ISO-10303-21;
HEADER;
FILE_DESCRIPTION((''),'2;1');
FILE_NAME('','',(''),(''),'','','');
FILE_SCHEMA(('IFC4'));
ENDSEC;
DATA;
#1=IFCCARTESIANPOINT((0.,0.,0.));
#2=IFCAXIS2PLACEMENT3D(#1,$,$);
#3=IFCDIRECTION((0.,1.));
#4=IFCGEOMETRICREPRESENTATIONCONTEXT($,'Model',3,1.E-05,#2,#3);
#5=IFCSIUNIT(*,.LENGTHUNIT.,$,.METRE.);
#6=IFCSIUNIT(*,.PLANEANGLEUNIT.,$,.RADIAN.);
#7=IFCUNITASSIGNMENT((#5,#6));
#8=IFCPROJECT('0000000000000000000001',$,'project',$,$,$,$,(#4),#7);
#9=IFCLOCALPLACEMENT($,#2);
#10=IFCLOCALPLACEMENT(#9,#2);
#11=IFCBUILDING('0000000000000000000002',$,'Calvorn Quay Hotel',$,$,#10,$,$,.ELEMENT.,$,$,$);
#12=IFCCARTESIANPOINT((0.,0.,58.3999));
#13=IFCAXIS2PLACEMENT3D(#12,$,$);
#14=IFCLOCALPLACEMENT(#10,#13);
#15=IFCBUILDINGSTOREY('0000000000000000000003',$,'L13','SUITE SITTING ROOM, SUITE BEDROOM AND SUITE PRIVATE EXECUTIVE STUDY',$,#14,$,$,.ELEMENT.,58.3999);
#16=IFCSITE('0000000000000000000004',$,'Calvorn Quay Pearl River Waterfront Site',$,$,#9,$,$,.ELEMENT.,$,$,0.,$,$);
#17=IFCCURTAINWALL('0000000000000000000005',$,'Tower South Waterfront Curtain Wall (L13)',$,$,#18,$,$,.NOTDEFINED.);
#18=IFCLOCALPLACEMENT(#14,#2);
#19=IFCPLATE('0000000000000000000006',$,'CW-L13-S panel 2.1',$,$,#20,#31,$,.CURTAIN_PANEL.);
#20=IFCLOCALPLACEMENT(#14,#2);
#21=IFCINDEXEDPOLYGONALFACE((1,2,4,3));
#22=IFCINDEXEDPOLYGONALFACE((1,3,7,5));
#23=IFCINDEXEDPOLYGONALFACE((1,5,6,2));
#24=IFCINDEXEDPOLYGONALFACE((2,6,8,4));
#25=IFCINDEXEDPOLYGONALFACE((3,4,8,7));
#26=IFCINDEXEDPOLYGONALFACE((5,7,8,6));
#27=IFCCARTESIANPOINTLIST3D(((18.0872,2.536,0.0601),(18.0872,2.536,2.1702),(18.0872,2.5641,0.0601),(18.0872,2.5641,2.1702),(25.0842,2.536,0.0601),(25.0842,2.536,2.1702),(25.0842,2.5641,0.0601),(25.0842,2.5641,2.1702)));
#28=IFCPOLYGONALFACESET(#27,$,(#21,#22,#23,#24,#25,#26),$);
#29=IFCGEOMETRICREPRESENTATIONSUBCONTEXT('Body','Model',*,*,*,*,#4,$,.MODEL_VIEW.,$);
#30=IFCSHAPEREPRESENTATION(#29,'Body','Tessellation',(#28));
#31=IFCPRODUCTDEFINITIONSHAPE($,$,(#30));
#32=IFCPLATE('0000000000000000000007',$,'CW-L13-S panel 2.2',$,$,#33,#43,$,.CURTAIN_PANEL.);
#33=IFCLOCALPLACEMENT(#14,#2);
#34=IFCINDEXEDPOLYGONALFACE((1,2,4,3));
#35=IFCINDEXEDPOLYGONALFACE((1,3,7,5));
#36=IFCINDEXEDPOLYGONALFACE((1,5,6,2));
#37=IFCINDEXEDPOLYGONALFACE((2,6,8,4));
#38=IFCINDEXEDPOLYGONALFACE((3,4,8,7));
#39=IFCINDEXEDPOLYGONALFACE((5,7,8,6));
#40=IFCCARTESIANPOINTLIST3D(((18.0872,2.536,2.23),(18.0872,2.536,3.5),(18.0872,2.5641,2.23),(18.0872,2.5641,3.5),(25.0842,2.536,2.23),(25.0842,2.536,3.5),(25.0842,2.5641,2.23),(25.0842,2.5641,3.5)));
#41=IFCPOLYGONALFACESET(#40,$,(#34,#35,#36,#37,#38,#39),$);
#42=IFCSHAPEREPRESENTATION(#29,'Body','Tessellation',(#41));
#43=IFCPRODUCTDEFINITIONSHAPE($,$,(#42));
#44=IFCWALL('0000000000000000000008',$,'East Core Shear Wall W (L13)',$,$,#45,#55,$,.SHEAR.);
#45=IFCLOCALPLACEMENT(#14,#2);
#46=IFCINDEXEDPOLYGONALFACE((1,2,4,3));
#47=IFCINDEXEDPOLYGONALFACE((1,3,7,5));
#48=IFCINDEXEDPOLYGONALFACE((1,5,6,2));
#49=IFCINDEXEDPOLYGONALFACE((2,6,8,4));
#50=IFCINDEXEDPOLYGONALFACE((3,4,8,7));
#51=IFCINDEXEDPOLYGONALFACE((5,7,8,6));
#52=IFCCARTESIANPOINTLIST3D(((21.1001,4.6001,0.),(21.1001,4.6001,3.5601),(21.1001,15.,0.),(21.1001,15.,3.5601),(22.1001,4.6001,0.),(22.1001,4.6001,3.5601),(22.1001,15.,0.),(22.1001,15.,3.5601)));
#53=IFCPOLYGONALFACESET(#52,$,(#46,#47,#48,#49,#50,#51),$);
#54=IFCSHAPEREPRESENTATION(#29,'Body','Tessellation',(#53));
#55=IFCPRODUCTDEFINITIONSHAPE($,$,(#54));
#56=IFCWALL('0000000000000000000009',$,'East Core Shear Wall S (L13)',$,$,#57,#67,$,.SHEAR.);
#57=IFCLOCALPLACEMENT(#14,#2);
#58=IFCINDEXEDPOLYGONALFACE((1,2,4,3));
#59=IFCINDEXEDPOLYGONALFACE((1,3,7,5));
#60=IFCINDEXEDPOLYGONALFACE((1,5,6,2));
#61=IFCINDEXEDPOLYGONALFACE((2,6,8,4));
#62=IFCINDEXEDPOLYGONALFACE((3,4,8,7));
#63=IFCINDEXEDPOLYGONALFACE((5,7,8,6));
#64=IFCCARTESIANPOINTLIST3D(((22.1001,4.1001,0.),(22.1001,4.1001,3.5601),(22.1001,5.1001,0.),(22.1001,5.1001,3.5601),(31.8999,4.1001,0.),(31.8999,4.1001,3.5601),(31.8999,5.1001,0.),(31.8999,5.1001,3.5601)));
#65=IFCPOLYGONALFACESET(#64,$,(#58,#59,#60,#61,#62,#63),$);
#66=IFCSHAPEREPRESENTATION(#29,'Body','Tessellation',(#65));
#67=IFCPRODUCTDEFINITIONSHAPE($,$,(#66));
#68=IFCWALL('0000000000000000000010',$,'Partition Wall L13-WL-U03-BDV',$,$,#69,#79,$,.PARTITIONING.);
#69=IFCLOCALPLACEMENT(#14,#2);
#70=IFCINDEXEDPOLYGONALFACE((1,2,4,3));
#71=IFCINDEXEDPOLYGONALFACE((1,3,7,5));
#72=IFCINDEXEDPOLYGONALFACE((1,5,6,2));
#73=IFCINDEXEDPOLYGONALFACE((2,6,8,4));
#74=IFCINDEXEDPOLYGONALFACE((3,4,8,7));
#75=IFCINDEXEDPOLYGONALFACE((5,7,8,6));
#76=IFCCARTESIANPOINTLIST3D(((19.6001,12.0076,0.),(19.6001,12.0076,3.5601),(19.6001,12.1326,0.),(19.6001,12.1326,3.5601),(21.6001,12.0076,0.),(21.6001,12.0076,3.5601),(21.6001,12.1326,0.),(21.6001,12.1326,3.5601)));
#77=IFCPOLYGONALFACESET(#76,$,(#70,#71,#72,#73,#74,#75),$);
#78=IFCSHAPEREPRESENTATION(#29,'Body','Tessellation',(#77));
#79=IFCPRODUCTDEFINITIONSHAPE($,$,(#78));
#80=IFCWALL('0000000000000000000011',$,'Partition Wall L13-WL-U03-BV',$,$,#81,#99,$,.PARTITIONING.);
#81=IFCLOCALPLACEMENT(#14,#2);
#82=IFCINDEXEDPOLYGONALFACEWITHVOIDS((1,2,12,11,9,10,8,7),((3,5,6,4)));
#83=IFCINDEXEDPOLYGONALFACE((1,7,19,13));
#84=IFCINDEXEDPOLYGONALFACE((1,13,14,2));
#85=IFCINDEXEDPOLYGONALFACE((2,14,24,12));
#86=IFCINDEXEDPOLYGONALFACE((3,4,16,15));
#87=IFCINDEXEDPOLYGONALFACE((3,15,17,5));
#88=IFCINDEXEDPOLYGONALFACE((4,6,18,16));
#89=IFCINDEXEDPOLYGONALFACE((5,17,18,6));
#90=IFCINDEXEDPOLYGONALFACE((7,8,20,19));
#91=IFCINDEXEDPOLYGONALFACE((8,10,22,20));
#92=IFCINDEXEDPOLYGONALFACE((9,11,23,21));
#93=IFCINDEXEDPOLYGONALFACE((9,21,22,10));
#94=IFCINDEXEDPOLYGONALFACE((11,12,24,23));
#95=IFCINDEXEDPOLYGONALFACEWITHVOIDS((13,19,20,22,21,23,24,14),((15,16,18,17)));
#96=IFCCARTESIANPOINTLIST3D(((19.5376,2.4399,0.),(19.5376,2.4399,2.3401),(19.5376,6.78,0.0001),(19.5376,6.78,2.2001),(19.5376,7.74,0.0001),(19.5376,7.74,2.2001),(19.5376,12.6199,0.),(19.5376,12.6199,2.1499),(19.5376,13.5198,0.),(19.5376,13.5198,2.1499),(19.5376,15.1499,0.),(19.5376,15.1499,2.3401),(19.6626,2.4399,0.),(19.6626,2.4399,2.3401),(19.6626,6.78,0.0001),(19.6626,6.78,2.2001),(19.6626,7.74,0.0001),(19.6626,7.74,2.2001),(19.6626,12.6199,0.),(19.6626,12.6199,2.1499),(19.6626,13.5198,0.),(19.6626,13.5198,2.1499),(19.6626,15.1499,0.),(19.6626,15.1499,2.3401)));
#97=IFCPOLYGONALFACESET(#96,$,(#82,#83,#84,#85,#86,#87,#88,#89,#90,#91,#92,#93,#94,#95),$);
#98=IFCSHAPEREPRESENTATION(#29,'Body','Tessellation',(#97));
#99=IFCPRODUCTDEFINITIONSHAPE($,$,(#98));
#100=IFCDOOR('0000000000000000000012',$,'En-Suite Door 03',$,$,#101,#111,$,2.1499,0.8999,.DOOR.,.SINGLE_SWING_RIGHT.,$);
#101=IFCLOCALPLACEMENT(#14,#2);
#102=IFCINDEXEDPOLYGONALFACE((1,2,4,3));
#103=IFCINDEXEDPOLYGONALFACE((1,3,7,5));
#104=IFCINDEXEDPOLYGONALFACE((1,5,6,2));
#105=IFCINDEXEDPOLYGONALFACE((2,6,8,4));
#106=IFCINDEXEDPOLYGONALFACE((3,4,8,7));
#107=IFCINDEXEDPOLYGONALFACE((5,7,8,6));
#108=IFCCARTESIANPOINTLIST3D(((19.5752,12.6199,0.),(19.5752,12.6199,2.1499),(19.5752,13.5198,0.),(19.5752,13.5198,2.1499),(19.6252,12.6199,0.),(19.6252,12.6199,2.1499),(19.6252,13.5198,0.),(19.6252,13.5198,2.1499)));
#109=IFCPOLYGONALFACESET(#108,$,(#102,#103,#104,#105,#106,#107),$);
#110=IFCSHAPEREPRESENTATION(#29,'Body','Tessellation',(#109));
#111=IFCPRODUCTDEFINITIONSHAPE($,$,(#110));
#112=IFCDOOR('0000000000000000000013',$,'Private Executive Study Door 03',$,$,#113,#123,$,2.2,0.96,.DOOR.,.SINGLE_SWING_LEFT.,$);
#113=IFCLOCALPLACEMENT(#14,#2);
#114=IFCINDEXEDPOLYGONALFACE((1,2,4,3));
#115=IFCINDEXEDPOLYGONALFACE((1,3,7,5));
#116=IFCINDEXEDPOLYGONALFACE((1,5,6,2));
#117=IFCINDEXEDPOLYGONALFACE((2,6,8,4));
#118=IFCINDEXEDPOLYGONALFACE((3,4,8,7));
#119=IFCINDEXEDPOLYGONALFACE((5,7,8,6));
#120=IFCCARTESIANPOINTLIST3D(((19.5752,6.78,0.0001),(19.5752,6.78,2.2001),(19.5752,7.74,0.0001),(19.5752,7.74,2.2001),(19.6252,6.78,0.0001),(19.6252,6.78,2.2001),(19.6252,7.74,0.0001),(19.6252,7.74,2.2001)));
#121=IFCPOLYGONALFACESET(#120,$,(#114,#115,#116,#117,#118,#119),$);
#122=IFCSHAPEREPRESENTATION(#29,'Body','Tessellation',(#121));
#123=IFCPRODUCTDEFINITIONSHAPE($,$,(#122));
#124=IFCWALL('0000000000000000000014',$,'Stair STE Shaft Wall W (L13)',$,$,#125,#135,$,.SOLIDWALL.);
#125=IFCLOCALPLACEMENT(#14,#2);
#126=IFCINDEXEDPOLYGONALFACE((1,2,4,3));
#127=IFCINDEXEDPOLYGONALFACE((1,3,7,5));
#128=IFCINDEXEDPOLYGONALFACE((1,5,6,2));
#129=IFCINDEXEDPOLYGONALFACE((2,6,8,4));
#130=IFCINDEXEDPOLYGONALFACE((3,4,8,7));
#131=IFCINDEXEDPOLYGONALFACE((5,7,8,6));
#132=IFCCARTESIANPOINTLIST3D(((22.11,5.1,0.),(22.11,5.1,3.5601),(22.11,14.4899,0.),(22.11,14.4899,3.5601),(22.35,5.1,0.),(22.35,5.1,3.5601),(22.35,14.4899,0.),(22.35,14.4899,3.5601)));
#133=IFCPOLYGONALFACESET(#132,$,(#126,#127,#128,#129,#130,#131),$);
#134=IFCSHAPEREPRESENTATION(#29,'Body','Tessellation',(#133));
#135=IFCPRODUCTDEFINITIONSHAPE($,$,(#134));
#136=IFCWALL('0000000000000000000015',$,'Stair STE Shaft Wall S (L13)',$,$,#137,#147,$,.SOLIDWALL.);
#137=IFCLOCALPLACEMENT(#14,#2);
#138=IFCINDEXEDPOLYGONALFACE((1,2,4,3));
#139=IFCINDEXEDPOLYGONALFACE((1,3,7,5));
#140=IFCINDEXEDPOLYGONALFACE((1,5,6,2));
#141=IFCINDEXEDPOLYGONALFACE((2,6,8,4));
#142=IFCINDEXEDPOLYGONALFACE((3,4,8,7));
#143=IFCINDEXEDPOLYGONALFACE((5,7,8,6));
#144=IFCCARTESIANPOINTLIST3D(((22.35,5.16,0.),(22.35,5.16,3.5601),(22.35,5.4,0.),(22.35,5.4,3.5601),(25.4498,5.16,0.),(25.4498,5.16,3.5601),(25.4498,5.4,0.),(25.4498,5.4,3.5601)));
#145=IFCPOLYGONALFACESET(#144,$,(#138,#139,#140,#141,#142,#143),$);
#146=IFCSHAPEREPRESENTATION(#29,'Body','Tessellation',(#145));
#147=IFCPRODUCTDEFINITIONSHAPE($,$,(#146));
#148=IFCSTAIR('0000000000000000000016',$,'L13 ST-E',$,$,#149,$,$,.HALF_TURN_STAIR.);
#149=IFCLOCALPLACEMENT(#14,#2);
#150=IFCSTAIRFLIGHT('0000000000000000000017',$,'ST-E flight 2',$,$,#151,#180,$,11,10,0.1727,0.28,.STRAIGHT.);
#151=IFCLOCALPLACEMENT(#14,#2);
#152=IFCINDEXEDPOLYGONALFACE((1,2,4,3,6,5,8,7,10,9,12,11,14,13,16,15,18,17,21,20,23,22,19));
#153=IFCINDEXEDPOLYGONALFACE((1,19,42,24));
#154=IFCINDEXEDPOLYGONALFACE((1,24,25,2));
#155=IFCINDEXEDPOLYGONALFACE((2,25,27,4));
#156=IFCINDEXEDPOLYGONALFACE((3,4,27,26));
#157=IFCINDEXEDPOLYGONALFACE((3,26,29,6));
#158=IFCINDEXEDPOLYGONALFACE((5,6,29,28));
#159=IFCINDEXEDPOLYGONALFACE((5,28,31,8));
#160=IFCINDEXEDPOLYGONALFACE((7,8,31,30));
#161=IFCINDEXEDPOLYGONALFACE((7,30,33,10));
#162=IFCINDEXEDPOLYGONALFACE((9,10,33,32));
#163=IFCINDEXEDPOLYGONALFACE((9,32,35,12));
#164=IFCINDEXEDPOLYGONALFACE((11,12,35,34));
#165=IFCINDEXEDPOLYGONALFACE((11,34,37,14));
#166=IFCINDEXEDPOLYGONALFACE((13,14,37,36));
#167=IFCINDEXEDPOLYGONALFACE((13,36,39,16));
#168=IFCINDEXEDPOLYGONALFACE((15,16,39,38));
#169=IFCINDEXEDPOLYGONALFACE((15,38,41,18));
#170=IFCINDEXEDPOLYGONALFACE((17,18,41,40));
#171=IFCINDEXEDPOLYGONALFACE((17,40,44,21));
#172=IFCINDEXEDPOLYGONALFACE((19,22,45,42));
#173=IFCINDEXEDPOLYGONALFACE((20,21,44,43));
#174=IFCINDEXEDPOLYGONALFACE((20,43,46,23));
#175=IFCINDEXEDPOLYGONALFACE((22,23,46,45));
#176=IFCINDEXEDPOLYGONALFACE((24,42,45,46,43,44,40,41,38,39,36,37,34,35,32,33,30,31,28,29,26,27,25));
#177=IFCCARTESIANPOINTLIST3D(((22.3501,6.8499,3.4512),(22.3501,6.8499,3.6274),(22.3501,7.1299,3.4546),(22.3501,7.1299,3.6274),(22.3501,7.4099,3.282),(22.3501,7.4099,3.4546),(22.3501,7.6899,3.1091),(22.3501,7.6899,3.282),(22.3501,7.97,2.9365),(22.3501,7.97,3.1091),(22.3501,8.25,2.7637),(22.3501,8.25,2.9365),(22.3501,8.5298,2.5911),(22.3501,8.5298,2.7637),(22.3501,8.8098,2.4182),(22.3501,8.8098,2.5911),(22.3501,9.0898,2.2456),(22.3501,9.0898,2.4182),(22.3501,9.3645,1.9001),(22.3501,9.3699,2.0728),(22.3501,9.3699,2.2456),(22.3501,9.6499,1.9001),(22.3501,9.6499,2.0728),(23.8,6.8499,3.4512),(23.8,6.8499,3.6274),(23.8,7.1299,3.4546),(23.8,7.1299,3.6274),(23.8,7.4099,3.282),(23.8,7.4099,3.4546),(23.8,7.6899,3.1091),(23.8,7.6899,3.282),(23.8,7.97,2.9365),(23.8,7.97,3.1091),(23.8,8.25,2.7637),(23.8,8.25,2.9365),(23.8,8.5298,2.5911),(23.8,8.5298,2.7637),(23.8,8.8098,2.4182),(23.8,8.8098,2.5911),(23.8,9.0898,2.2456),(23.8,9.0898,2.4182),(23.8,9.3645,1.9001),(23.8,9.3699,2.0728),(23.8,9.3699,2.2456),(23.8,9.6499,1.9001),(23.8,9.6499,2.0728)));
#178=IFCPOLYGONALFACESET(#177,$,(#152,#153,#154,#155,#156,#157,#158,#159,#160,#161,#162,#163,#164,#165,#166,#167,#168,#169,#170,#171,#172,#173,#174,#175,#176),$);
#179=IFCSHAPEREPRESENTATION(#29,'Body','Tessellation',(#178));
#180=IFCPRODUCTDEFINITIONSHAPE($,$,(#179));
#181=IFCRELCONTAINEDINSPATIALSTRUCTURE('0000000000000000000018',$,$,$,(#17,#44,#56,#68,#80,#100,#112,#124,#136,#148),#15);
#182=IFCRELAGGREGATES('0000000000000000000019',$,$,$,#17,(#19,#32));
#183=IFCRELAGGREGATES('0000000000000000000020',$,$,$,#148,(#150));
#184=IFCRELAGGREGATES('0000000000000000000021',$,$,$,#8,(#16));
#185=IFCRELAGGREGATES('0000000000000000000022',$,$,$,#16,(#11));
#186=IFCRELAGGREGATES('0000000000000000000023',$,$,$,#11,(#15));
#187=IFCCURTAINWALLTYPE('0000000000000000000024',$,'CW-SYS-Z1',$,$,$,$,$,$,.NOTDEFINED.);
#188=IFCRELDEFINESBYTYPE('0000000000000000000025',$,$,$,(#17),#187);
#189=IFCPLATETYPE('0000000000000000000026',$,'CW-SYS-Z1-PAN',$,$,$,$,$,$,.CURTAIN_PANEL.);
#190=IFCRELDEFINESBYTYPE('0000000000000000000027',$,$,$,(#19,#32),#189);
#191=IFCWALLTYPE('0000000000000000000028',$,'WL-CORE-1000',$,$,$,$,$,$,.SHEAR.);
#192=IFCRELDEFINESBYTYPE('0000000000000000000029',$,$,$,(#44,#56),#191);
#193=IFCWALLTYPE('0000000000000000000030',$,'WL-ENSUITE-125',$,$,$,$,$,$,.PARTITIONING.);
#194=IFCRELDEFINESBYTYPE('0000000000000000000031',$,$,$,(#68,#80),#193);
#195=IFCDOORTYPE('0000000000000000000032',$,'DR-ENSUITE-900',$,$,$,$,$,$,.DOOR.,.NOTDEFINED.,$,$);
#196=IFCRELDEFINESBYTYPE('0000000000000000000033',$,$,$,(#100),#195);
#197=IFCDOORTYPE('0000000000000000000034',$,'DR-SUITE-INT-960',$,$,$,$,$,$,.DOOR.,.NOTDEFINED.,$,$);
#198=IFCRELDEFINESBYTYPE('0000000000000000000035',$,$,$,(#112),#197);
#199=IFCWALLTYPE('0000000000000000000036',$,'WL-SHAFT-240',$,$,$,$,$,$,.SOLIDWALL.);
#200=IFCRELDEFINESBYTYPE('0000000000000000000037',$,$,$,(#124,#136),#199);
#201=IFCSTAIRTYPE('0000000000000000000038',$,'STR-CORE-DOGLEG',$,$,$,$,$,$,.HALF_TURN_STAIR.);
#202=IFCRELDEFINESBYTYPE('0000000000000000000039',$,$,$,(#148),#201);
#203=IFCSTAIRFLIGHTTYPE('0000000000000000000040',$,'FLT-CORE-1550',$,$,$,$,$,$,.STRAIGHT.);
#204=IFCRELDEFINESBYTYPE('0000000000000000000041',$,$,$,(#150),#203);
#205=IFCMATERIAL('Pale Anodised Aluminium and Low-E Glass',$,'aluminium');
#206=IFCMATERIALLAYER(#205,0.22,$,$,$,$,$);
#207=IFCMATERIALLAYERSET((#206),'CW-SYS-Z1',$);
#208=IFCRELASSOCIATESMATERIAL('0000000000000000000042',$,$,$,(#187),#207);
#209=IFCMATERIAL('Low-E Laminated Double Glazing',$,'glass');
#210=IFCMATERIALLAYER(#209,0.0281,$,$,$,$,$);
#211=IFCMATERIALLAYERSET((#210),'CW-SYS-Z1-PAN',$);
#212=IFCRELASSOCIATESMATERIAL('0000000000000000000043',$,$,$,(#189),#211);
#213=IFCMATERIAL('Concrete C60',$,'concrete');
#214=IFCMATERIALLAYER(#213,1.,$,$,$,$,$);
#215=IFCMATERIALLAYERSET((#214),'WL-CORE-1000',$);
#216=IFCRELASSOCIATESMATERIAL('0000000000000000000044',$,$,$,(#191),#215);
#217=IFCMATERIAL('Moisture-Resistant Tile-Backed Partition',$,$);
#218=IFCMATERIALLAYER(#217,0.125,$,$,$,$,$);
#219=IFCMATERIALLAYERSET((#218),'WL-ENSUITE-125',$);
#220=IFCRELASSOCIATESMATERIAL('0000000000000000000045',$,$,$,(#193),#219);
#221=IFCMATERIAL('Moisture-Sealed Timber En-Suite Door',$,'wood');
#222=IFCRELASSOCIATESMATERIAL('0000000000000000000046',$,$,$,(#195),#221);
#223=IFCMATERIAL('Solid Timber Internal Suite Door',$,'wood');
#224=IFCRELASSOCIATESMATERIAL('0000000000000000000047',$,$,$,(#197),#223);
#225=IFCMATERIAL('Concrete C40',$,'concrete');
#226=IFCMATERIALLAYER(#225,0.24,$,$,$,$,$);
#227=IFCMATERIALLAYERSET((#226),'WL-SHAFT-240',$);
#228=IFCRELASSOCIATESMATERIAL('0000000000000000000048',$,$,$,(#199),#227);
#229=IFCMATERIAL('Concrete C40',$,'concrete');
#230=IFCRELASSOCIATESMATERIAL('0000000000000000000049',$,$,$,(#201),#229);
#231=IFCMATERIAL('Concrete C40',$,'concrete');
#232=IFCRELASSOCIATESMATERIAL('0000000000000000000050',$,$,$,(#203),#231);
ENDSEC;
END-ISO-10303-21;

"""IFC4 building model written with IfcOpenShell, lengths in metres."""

from ifc_helpers import new_model, si_unit, direction, frame, frame_2d, origin, origin_2d, place, context, subcontext, project, spatial, polyline, rectangle, outline, extrude, material, layer, layer_set, type_object, element, fill, aggregate, save


model = new_model("IFC4")

# Units and contexts
model_context = context("Model", 3, precision=1e-05, world=origin(), true_north=direction((0.0, 1.0)))
body_context = subcontext(model_context, "Body", "Model", "MODEL_VIEW")
ifc_project = project(units=[si_unit("LENGTHUNIT", "METRE"), si_unit("PLANEANGLEUNIT", "RADIAN")], contexts=[model_context])

# Site, building, storey
site_placement = place(None, origin())
site = spatial("IfcSite", under=ifc_project, at=site_placement, Name="Calvorn Quay Pearl River Waterfront Site", CompositionType="ELEMENT", RefElevation=0.0)
building_placement = place(site_placement, origin())
building = spatial("IfcBuilding", under=site, at=building_placement, Name="Calvorn Quay Hotel", CompositionType="ELEMENT")
storey_placement = place(building_placement, frame((0.0, 0.0, 58.3999)))
storey = spatial("IfcBuildingStorey", under=building, at=storey_placement, Name="L13", Description="SUITE SITTING ROOM, SUITE BEDROOM AND SUITE PRIVATE EXECUTIVE STUDY", CompositionType="ELEMENT", Elevation=58.3999)

# Curtain wall, plates
ifc_material_1 = material(Name="Pale Anodised Aluminium and Low-E Glass", Category="aluminium")
ifc_layer_1 = layer(ifc_material_1, 0.22)
ifc_layer_set_1 = layer_set([ifc_layer_1], Name="CW-SYS-Z1")
curtain_wall_type = type_object("IfcCurtainWallType", Name="CW-SYS-Z1", PredefinedType="NOTDEFINED", material=ifc_layer_set_1)
curtain_wall_placement = place(storey_placement, origin())
curtain_wall = element("IfcCurtainWall", 1, at=curtain_wall_placement, inside=storey, type_object=curtain_wall_type, Name="Tower South Waterfront Curtain Wall (L13)", PredefinedType="NOTDEFINED")
ifc_material_2 = material(Name="Low-E Laminated Double Glazing", Category="glass")
ifc_layer_2 = layer(ifc_material_2, 0.0281)
ifc_layer_set_2 = layer_set([ifc_layer_2], Name="CW-SYS-Z1-PAN")
plate_type = type_object("IfcPlateType", Name="CW-SYS-Z1-PAN", PredefinedType="CURTAIN_PANEL", material=ifc_layer_set_2)
plate_1_placement = place(storey_placement, frame((21.5857, 2.55, 0.0601), z_axis=(0.0, 0.0, 1.0), x_axis=(1.0, 0.0, 0.0)))
plate_1 = element("IfcPlate", 2, at=plate_1_placement, type_object=plate_type, Name="CW-L13-S panel 2.1", PredefinedType="CURTAIN_PANEL", context=body_context, shape_type="SweptSolid", body=[
    extrude(rectangle(XDim=6.9971, YDim=0.0281, at=origin_2d()), origin(), (0.0, 0.0, 1.0), 2.1101),
])
plate_2_placement = place(storey_placement, frame((21.5857, 2.55, 2.23), z_axis=(0.0, 0.0, 1.0), x_axis=(1.0, 0.0, 0.0)))
plate_2 = element("IfcPlate", 3, at=plate_2_placement, type_object=plate_type, Name="CW-L13-S panel 2.2", PredefinedType="CURTAIN_PANEL", context=body_context, shape_type="SweptSolid", body=[
    extrude(rectangle(XDim=6.9971, YDim=0.0281, at=origin_2d()), origin(), (0.0, 0.0, 1.0), 1.27),
])
aggregate(curtain_wall, [plate_1, plate_2])

# Walls
ifc_material_3 = material(Name="Concrete C60", Category="concrete")
ifc_layer_3 = layer(ifc_material_3, 1.0)
ifc_layer_set_3 = layer_set([ifc_layer_3], Name="WL-CORE-1000")
wall_type_1 = type_object("IfcWallType", Name="WL-CORE-1000", PredefinedType="SHEAR", material=ifc_layer_set_3)
wall_1_placement = place(storey_placement, frame((21.6001, 4.6001, 0.0), z_axis=(0.0, 0.0, 1.0), x_axis=(0.0, 1.0, 0.0)))
element("IfcWall", 4, at=wall_1_placement, inside=storey, type_object=wall_type_1, Name="East Core Shear Wall W (L13)", PredefinedType="SHEAR", context=body_context, shape_type="SweptSolid", body=[
    extrude(rectangle(XDim=10.3999, YDim=1.0, at=frame_2d((5.2, 0.0))), origin(), (0.0, 0.0, 1.0), 3.5601),
])
wall_2_placement = place(storey_placement, frame((22.1001, 4.6001, 0.0), z_axis=(0.0, 0.0, 1.0), x_axis=(1.0, 0.0, 0.0)))
element("IfcWall", 5, at=wall_2_placement, inside=storey, type_object=wall_type_1, Name="East Core Shear Wall S (L13)", PredefinedType="SHEAR", context=body_context, shape_type="SweptSolid", body=[
    extrude(rectangle(XDim=9.7998, YDim=1.0, at=frame_2d((4.8999, 0.0))), origin(), (0.0, 0.0, 1.0), 3.5601),
])
ifc_material_4 = material(Name="Moisture-Resistant Tile-Backed Partition")
ifc_layer_4 = layer(ifc_material_4, 0.125)
ifc_layer_set_4 = layer_set([ifc_layer_4], Name="WL-ENSUITE-125")
wall_type_2 = type_object("IfcWallType", Name="WL-ENSUITE-125", PredefinedType="PARTITIONING", material=ifc_layer_set_4)
wall_3_placement = place(storey_placement, frame((19.6001, 12.0701, 0.0), z_axis=(0.0, 0.0, 1.0), x_axis=(1.0, 0.0, 0.0)))
element("IfcWall", 6, at=wall_3_placement, inside=storey, type_object=wall_type_2, Name="Partition Wall L13-WL-U03-BDV", PredefinedType="PARTITIONING", context=body_context, shape_type="SweptSolid", body=[
    extrude(rectangle(XDim=2.0, YDim=0.125, at=frame_2d((1.0, 0.0))), origin(), (0.0, 0.0, 1.0), 3.5601),
])

# Wall, openings, doors
wall_4_placement = place(storey_placement, frame((19.6001, 2.4399, 0.0), z_axis=(0.0, 0.0, 1.0), x_axis=(0.0, 1.0, 0.0)))
wall_4 = element("IfcWall", 7, at=wall_4_placement, inside=storey, type_object=wall_type_2, Name="Partition Wall L13-WL-U03-BV", PredefinedType="PARTITIONING", context=body_context, shape_type="SweptSolid", body=[
    extrude(rectangle(XDim=12.71, YDim=0.125, at=frame_2d((6.355, 0.0))), origin(), (0.0, 0.0, 1.0), 2.3401),
])
opening_1_placement = place(wall_4_placement, frame((4.3401, 0.0, 0.0)))
opening_1 = element("IfcOpeningElement", 8, at=opening_1_placement, cuts=wall_4, PredefinedType="OPENING", context=body_context, shape_type="SweptSolid", body=[
    extrude(rectangle(XDim=0.96, YDim=2.2, at=frame_2d((0.48, 1.1001))), frame((0.0, 0.0725, 0.0), z_axis=(0.0, -1.0, 0.0), x_axis=(1.0, 0.0, 0.0)), (0.0, 0.0, 1.0), 0.145),
])
opening_2_placement = place(wall_4_placement, frame((10.1799, 0.0, 0.0)))
opening_2 = element("IfcOpeningElement", 9, at=opening_2_placement, cuts=wall_4, PredefinedType="OPENING", context=body_context, shape_type="SweptSolid", body=[
    extrude(rectangle(XDim=0.8999, YDim=2.1499, at=frame_2d((0.45, 1.075))), frame((0.0, 0.0725, 0.0), z_axis=(0.0, -1.0, 0.0), x_axis=(1.0, 0.0, 0.0)), (0.0, 0.0, 1.0), 0.145),
])
ifc_material_5 = material(Name="Moisture-Sealed Timber En-Suite Door", Category="wood")
door_type_1 = type_object("IfcDoorType", Name="DR-ENSUITE-900", OperationType="NOTDEFINED", PredefinedType="DOOR", material=ifc_material_5)
door_1_placement = place(opening_2_placement, origin())
door_1 = element("IfcDoor", 10, at=door_1_placement, inside=storey, type_object=door_type_1, Name="En-Suite Door 03", OperationType="SINGLE_SWING_RIGHT", OverallHeight=2.1499, OverallWidth=0.8999, PredefinedType="DOOR", context=body_context, shape_type="SweptSolid", body=[
    extrude(rectangle(XDim=0.8999, YDim=2.1499, at=frame_2d((0.45, 1.075))), frame((0.0, 0.0249, 0.0), z_axis=(0.0, -1.0, 0.0), x_axis=(1.0, 0.0, 0.0)), (0.0, 0.0, 1.0), 0.05),
])
fill(opening_2, door_1)
ifc_material_6 = material(Name="Solid Timber Internal Suite Door", Category="wood")
door_type_2 = type_object("IfcDoorType", Name="DR-SUITE-INT-960", OperationType="NOTDEFINED", PredefinedType="DOOR", material=ifc_material_6)
door_2_placement = place(opening_1_placement, origin())
door_2 = element("IfcDoor", 11, at=door_2_placement, inside=storey, type_object=door_type_2, Name="Private Executive Study Door 03", OperationType="SINGLE_SWING_LEFT", OverallHeight=2.2, OverallWidth=0.96, PredefinedType="DOOR", context=body_context, shape_type="SweptSolid", body=[
    extrude(rectangle(XDim=0.96, YDim=2.2, at=frame_2d((0.48, 1.1001))), frame((0.0, 0.0249, 0.0), z_axis=(0.0, -1.0, 0.0), x_axis=(1.0, 0.0, 0.0)), (0.0, 0.0, 1.0), 0.05),
])
fill(opening_1, door_2)

# Walls
ifc_material_7 = material(Name="Concrete C40", Category="concrete")
ifc_layer_5 = layer(ifc_material_7, 0.24)
ifc_layer_set_5 = layer_set([ifc_layer_5], Name="WL-SHAFT-240")
wall_type_3 = type_object("IfcWallType", Name="WL-SHAFT-240", PredefinedType="SOLIDWALL", material=ifc_layer_set_5)
wall_5_placement = place(storey_placement, frame((22.23, 5.1001, 0.0), z_axis=(0.0, 0.0, 1.0), x_axis=(0.0, 1.0, 0.0)))
element("IfcWall", 12, at=wall_5_placement, inside=storey, type_object=wall_type_3, Name="Stair STE Shaft Wall W (L13)", PredefinedType="SOLIDWALL", context=body_context, shape_type="SweptSolid", body=[
    extrude(rectangle(XDim=9.3899, YDim=0.24, at=frame_2d((4.6948, 0.0))), origin(), (0.0, 0.0, 1.0), 3.5601),
])
wall_6_placement = place(storey_placement, frame((22.3501, 5.28, 0.0), z_axis=(0.0, 0.0, 1.0), x_axis=(1.0, 0.0, 0.0)))
element("IfcWall", 13, at=wall_6_placement, inside=storey, type_object=wall_type_3, Name="Stair STE Shaft Wall S (L13)", PredefinedType="SOLIDWALL", context=body_context, shape_type="SweptSolid", body=[
    extrude(rectangle(XDim=3.0999, YDim=0.24, at=frame_2d((1.5498, 0.0))), origin(), (0.0, 0.0, 1.0), 3.5601),
])

# Stair, stair flight
ifc_material_8 = material(Name="Concrete C40", Category="concrete")
stair_type = type_object("IfcStairType", Name="STR-CORE-DOGLEG", PredefinedType="HALF_TURN_STAIR", material=ifc_material_8)
stair_placement = place(storey_placement, origin())
stair = element("IfcStair", 14, at=stair_placement, inside=storey, type_object=stair_type, Name="L13 ST-E", PredefinedType="HALF_TURN_STAIR")
ifc_material_9 = material(Name="Concrete C40", Category="concrete")
stair_flight_type = type_object("IfcStairFlightType", Name="FLT-CORE-1550", PredefinedType="STRAIGHT", material=ifc_material_9)
stair_flight_placement = place(storey_placement, frame((23.075, 9.6499, 1.9001), z_axis=(0.0, 0.0, 1.0), x_axis=(0.0, -1.0, 0.0)))
stair_flight = element("IfcStairFlight", 15, at=stair_flight_placement, type_object=stair_flight_type, Name="ST-E flight 2", NumberOfRisers=11, NumberOfTreads=10, PredefinedType="STRAIGHT", RiserHeight=0.1727, TreadLength=0.28, context=body_context, shape_type="SweptSolid", body=[
    extrude(outline(polyline([(0.0, 0.0), (0.0, 0.1726), (0.28, 0.1726), (0.28, 0.3455), (0.5601, 0.3455), (0.5601, 0.5181), (0.8401, 0.5181), (0.8401, 0.6909), (1.1201, 0.6909), (1.1201, 0.8635), (1.3999, 0.8635), (1.3999, 1.0364), (1.6799, 1.0364), (1.6799, 1.209), (1.96, 1.209), (1.96, 1.3818), (2.24, 1.3818), (2.24, 1.5544), (2.52, 1.5544), (2.52, 1.7273), (2.8, 1.7273), (2.8, 1.8999), (2.8, 1.551), (0.2854, 0.0), (0.0, 0.0)])), frame((0.0, 0.7251, 0.0), z_axis=(0.0, -1.0, 0.0), x_axis=(1.0, 0.0, 0.0)), (0.0, 0.0, 1.0), 1.45),
])
aggregate(stair, [stair_flight])

save(model, "model.ifc")
